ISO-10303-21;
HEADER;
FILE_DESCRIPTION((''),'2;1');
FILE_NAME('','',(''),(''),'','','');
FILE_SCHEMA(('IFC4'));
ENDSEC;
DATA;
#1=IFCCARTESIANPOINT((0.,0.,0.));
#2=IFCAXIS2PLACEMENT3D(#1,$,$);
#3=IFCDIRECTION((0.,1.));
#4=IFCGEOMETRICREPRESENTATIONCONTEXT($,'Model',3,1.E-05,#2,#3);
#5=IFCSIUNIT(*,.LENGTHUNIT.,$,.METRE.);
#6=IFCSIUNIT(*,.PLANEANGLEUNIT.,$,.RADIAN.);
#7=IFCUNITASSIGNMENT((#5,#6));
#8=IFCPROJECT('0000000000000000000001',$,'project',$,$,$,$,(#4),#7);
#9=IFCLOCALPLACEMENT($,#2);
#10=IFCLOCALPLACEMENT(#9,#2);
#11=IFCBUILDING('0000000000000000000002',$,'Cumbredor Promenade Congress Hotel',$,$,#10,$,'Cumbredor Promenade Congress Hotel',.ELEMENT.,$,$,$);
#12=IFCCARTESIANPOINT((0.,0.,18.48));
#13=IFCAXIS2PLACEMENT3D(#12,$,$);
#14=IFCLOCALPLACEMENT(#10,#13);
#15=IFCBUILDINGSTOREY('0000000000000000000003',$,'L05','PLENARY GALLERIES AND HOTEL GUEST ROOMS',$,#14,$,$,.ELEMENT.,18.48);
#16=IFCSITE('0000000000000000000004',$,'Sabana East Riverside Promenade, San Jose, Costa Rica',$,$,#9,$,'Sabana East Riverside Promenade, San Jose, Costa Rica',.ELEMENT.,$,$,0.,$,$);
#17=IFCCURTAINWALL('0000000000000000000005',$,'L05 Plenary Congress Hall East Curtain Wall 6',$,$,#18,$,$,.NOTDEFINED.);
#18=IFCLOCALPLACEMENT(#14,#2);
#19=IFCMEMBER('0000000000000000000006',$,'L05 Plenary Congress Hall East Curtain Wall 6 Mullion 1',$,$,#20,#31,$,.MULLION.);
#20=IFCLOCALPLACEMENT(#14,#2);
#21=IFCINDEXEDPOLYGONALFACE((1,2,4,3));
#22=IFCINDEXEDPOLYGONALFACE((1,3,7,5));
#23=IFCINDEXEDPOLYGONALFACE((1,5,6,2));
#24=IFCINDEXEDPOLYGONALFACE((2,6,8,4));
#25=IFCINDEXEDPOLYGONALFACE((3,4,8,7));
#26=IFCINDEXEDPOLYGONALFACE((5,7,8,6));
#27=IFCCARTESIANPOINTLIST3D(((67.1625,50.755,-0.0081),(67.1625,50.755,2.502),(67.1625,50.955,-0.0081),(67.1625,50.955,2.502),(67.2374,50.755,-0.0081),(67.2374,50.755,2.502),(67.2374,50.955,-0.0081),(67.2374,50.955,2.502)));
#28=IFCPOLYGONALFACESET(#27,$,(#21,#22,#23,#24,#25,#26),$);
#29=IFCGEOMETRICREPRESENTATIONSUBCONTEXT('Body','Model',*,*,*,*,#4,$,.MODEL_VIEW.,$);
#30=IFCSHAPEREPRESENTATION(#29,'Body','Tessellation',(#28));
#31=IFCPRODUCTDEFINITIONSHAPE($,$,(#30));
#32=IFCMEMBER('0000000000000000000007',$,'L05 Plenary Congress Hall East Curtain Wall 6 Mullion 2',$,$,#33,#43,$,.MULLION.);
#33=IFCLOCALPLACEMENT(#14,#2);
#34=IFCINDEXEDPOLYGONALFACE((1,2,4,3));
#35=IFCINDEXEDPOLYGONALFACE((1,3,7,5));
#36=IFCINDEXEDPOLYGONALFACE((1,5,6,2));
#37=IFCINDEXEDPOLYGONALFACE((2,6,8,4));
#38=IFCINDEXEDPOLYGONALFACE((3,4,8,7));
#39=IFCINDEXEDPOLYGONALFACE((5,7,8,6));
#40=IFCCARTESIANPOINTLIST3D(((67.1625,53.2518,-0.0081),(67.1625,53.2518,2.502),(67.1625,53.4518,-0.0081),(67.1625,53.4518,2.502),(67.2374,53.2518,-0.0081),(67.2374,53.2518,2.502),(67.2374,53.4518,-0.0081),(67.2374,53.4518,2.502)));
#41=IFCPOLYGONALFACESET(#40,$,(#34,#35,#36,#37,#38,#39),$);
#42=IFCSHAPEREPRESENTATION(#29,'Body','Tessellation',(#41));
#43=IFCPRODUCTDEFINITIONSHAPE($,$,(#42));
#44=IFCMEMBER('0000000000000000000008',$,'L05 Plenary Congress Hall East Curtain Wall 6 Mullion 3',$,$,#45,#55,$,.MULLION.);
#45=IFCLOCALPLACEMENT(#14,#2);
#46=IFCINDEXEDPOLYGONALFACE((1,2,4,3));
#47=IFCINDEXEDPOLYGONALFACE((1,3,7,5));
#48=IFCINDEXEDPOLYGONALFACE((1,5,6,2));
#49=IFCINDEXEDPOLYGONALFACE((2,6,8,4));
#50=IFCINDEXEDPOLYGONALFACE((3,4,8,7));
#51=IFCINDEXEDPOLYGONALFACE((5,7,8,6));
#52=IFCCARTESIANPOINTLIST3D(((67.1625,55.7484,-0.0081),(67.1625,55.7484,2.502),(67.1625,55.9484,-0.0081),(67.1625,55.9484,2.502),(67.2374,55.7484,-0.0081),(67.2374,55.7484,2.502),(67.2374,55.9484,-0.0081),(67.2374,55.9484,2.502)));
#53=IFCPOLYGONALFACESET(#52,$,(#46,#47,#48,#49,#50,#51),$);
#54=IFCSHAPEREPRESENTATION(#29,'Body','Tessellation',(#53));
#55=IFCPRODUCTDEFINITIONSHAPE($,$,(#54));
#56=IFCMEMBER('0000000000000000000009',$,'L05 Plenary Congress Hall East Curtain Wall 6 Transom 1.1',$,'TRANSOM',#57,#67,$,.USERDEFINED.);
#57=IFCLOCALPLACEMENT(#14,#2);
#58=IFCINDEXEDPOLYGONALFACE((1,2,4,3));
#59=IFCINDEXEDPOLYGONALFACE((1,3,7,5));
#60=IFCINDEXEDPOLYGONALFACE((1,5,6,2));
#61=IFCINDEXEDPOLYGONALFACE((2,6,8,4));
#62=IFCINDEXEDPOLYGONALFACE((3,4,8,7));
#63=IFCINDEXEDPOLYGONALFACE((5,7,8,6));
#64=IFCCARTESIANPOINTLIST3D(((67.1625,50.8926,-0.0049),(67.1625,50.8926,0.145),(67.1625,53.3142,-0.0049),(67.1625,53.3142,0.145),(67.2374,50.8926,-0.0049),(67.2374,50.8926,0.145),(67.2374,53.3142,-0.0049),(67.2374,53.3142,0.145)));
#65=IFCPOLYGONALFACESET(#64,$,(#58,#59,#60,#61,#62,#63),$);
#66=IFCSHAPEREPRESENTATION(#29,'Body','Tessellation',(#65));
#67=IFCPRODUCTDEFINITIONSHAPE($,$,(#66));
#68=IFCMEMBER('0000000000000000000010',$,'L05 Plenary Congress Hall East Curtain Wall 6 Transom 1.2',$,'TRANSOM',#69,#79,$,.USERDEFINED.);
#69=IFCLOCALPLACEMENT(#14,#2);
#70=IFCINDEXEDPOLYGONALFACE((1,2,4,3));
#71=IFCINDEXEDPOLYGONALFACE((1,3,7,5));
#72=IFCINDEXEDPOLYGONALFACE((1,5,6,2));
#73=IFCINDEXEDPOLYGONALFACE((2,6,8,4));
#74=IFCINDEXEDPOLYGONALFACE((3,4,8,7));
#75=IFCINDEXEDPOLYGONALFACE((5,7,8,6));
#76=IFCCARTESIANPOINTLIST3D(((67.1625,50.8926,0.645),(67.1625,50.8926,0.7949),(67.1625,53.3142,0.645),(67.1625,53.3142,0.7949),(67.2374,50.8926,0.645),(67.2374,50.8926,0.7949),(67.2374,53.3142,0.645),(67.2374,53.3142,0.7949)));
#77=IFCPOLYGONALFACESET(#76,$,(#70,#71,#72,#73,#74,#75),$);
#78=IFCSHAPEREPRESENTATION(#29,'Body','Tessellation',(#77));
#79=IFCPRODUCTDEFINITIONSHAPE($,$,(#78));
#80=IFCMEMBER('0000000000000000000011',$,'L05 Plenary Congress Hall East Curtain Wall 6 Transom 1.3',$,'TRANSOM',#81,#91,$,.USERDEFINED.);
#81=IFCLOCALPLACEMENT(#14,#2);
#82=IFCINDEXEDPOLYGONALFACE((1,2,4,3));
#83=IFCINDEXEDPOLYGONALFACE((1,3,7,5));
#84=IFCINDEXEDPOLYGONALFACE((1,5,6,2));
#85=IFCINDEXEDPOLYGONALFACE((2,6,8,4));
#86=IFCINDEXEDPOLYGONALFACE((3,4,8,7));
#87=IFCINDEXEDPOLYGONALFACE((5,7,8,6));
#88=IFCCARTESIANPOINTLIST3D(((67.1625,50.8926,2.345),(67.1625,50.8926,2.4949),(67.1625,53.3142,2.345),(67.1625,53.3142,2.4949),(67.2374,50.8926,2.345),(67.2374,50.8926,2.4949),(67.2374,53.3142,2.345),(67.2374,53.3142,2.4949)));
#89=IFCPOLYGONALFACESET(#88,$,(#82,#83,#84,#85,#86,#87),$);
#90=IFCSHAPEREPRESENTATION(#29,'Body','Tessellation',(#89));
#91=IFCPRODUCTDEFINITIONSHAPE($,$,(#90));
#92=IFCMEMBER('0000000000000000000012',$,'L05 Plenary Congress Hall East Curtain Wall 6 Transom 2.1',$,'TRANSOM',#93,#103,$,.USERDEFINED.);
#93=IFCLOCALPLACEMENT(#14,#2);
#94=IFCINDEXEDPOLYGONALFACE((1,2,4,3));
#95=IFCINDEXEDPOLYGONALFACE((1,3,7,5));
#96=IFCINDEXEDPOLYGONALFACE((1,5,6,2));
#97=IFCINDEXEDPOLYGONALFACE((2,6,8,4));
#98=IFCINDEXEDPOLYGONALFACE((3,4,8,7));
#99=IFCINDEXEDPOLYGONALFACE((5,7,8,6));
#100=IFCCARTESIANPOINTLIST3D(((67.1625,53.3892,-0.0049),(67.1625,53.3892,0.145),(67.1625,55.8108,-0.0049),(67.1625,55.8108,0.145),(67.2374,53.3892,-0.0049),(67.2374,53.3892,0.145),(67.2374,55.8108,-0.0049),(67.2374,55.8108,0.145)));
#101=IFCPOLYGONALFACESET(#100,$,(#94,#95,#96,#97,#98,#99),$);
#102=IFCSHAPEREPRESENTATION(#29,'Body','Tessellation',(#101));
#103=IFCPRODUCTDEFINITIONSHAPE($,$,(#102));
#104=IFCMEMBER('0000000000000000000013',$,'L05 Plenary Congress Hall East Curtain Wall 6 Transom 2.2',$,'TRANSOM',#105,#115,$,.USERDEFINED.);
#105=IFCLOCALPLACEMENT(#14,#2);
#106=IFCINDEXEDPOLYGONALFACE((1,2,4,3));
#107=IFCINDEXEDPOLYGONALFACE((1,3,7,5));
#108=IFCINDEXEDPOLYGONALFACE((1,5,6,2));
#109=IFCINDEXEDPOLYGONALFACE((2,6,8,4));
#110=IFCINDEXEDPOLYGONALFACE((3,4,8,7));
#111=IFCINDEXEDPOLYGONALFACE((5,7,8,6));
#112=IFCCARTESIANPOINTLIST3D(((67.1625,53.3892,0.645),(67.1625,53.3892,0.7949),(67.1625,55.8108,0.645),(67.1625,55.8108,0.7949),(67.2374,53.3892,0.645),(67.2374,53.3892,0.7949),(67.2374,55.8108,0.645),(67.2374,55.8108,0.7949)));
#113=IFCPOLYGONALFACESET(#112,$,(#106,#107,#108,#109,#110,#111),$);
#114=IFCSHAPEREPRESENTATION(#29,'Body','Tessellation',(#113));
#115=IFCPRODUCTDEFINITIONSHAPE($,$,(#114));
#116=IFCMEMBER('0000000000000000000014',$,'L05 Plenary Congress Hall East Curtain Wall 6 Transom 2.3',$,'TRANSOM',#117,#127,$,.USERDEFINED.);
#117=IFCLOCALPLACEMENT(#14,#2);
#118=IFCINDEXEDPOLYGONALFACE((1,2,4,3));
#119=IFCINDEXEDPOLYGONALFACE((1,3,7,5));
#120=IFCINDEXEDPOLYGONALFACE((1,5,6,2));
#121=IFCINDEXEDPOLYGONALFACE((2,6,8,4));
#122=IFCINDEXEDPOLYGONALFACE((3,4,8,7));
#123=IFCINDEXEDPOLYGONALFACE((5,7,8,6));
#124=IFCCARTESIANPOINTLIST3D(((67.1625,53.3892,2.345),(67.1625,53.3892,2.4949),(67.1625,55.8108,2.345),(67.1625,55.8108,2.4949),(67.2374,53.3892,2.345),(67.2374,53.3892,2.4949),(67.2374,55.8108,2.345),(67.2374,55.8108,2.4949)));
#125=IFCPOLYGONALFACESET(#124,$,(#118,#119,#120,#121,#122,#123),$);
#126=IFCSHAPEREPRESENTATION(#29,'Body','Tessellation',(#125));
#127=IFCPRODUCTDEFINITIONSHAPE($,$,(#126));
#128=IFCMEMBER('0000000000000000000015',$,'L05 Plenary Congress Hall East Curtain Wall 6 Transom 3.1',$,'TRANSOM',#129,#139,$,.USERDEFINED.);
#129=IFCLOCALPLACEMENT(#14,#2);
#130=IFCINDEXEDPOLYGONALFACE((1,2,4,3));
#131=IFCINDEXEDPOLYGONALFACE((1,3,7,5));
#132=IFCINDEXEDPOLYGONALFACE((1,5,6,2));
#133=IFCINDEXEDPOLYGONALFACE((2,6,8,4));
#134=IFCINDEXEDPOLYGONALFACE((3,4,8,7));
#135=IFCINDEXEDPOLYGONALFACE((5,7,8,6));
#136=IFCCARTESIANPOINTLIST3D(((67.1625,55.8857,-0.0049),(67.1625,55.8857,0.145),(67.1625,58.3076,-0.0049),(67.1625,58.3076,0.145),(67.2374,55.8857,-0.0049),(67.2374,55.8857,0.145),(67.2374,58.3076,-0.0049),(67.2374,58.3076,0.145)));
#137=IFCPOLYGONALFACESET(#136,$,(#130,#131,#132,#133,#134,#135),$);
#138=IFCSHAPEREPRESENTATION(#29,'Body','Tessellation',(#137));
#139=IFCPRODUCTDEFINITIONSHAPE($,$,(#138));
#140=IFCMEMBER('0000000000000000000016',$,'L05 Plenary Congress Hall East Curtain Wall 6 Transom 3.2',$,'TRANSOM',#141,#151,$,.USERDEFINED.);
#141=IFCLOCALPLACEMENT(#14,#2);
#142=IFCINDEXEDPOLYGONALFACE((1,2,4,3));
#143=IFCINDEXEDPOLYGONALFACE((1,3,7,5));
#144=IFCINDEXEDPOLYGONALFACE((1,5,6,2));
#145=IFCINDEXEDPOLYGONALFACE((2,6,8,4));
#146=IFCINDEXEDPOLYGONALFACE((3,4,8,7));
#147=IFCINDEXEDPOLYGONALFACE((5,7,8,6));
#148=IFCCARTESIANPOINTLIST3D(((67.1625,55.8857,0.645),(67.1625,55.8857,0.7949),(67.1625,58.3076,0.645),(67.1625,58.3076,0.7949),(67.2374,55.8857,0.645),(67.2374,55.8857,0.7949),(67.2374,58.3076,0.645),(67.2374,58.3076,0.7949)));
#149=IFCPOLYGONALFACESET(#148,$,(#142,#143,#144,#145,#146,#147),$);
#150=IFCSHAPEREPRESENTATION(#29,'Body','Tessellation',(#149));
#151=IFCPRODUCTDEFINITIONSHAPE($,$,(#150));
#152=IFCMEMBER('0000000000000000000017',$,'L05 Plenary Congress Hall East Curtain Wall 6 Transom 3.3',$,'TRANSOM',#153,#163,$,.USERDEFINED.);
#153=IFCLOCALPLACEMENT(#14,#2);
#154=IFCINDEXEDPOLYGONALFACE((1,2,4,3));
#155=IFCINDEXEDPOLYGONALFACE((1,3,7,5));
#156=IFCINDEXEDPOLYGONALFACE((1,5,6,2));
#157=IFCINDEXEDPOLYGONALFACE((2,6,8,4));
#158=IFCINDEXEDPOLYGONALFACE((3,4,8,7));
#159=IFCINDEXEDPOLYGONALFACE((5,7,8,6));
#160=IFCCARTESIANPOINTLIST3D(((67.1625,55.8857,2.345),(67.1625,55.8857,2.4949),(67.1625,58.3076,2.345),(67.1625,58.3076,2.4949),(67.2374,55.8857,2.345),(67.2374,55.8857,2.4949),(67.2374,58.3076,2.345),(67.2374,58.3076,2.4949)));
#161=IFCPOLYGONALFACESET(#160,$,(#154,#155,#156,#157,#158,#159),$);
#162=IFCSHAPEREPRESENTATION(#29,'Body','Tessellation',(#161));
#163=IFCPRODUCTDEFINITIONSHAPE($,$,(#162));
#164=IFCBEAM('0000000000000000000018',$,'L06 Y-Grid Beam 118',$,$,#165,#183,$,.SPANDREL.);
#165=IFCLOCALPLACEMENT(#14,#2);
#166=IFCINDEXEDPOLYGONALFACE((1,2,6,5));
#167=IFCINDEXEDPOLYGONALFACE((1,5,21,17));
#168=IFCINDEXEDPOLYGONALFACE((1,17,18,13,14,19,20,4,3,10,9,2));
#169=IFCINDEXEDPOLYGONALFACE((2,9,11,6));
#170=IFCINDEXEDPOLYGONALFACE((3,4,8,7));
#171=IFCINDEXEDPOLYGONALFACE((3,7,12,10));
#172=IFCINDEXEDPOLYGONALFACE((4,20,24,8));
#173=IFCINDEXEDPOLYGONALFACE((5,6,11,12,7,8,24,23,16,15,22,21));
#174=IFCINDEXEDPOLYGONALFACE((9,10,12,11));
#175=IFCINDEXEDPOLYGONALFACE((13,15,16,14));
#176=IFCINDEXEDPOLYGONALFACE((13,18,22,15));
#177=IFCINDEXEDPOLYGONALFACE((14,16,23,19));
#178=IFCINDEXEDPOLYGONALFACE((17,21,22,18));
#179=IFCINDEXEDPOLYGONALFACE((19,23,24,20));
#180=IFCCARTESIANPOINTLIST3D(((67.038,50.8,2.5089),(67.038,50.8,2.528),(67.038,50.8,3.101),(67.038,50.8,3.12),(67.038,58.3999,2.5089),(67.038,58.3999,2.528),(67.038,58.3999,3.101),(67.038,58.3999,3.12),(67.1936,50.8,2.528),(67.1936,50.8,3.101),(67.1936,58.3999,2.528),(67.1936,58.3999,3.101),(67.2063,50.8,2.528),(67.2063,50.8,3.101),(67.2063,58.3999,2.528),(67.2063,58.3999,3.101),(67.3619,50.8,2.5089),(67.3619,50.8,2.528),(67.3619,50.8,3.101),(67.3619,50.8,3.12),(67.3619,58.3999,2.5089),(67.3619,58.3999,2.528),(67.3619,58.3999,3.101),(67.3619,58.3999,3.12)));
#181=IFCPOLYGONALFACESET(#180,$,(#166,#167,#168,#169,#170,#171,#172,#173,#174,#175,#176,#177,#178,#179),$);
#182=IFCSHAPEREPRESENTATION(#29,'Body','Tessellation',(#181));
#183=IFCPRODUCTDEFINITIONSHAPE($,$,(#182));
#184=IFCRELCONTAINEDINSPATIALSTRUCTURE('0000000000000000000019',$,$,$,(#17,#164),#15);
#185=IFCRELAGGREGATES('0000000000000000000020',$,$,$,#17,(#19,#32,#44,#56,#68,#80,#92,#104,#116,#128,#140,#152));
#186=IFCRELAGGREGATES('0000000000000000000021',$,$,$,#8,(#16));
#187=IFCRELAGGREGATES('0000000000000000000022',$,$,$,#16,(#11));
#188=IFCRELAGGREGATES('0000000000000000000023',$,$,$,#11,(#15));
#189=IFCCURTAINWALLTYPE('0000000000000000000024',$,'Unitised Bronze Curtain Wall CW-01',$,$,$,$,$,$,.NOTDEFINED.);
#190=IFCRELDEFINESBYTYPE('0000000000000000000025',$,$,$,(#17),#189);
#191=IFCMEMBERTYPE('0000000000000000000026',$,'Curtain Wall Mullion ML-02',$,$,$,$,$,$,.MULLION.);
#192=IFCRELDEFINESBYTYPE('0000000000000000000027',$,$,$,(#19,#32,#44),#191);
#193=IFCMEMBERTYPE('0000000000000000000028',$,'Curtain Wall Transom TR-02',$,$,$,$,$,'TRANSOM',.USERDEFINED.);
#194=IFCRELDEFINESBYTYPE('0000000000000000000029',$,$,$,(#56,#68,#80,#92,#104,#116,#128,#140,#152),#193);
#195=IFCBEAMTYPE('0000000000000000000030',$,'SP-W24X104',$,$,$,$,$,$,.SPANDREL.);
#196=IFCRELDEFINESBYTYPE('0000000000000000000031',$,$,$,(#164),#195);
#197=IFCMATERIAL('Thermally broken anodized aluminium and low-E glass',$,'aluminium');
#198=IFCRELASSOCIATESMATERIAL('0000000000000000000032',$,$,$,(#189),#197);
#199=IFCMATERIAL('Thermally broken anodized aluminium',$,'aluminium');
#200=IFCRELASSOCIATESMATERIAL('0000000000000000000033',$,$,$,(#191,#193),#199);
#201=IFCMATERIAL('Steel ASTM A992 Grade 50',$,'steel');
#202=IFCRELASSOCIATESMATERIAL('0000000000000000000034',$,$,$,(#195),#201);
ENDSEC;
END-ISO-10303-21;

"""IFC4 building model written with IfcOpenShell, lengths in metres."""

from ifc_helpers import new_model, si_unit, direction, frame, origin, origin_2d, place, context, subcontext, project, spatial, rectangle, i_section, extrude, material, material_profile, profile_set, type_object, element, aggregate, save


model = new_model("IFC4")

# Units and contexts
model_context = context("Model", 3, precision=1e-05, world=origin(), true_north=direction((0.0, 1.0)))
body_context = subcontext(model_context, "Body", "Model", "MODEL_VIEW")
ifc_project = project(units=[si_unit("LENGTHUNIT", "METRE"), si_unit("PLANEANGLEUNIT", "RADIAN")], contexts=[model_context])

# Site, building, storey
site_placement = place(None, origin())
site = spatial("IfcSite", under=ifc_project, at=site_placement, Name="Sabana East Riverside Promenade, San Jose, Costa Rica", LongName="Sabana East Riverside Promenade, San Jose, Costa Rica", CompositionType="ELEMENT", RefElevation=0.0)
building_placement = place(site_placement, origin())
building = spatial("IfcBuilding", under=site, at=building_placement, Name="Cumbredor Promenade Congress Hotel", LongName="Cumbredor Promenade Congress Hotel", CompositionType="ELEMENT")
storey_placement = place(building_placement, frame((0.0, 0.0, 18.48)))
storey = spatial("IfcBuildingStorey", under=building, at=storey_placement, Name="L05", Description="PLENARY GALLERIES AND HOTEL GUEST ROOMS", CompositionType="ELEMENT", Elevation=18.48)

# Curtain wall, members
ifc_material_1 = material(Name="Thermally broken anodized aluminium and low-E glass", Category="aluminium")
curtain_wall_type = type_object("IfcCurtainWallType", Name="Unitised Bronze Curtain Wall CW-01", PredefinedType="NOTDEFINED", material=ifc_material_1)
curtain_wall_placement = place(storey_placement, origin())
curtain_wall = element("IfcCurtainWall", 1, at=curtain_wall_placement, inside=storey, type_object=curtain_wall_type, Name="L05 Plenary Congress Hall East Curtain Wall 6", PredefinedType="NOTDEFINED")
ifc_material_2 = material(Name="Thermally broken anodized aluminium", Category="aluminium")
ifc_material_profile_1 = material_profile(ifc_material_2, rectangle(XDim=0.075, YDim=0.2, at=origin_2d()), Name="ALU MULLION 75x200")
ifc_profile_set_1 = profile_set([ifc_material_profile_1], Name="Thermally broken anodized aluminium")
member_type_1 = type_object("IfcMemberType", Name="Curtain Wall Mullion ML-02", PredefinedType="MULLION", material=ifc_profile_set_1)
member_1_placement = place(storey_placement, frame((67.2, 50.855, -0.0081), z_axis=(0.0, 0.0, 1.0), x_axis=(1.0, 0.0, 0.0)))
member_1 = element("IfcMember", 2, at=member_1_placement, type_object=member_type_1, Name="L05 Plenary Congress Hall East Curtain Wall 6 Mullion 1", PredefinedType="MULLION", context=body_context, shape_type="SweptSolid", body=[
    extrude(rectangle(XDim=0.075, YDim=0.2, at=origin_2d()), origin(), (0.0, 0.0, 1.0), 2.51),
])
member_2_placement = place(storey_placement, frame((67.2, 53.3518, -0.0081), z_axis=(0.0, 0.0, 1.0), x_axis=(1.0, 0.0, 0.0)))
member_2 = element("IfcMember", 3, at=member_2_placement, type_object=member_type_1, Name="L05 Plenary Congress Hall East Curtain Wall 6 Mullion 2", PredefinedType="MULLION", context=body_context, shape_type="SweptSolid", body=[
    extrude(rectangle(XDim=0.075, YDim=0.2, at=origin_2d()), origin(), (0.0, 0.0, 1.0), 2.51),
])
member_3_placement = place(storey_placement, frame((67.2, 55.8484, -0.0081), z_axis=(0.0, 0.0, 1.0), x_axis=(1.0, 0.0, 0.0)))
member_3 = element("IfcMember", 4, at=member_3_placement, type_object=member_type_1, Name="L05 Plenary Congress Hall East Curtain Wall 6 Mullion 3", PredefinedType="MULLION", context=body_context, shape_type="SweptSolid", body=[
    extrude(rectangle(XDim=0.075, YDim=0.2, at=origin_2d()), origin(), (0.0, 0.0, 1.0), 2.51),
])
ifc_material_profile_2 = material_profile(ifc_material_2, rectangle(XDim=0.075, YDim=0.1499, at=origin_2d()), Name="ALU TRANSOM 75x150")
ifc_profile_set_2 = profile_set([ifc_material_profile_2], Name="Thermally broken anodized aluminium")
member_type_2 = type_object("IfcMemberType", Name="Curtain Wall Transom TR-02", ElementType="TRANSOM", PredefinedType="USERDEFINED", material=ifc_profile_set_2)
member_4_placement = place(storey_placement, frame((67.2, 50.8926, 0.0701), z_axis=(0.0, 1.0, 0.0), x_axis=(-1.0, 0.0, 0.0)))
member_4 = element("IfcMember", 5, at=member_4_placement, type_object=member_type_2, Name="L05 Plenary Congress Hall East Curtain Wall 6 Transom 1.1", ObjectType="TRANSOM", PredefinedType="USERDEFINED", context=body_context, shape_type="SweptSolid", body=[
    extrude(rectangle(XDim=0.075, YDim=0.1499, at=origin_2d()), origin(), (0.0, 0.0, 1.0), 2.4216),
])
member_5_placement = place(storey_placement, frame((67.2, 50.8926, 0.72), z_axis=(0.0, 1.0, 0.0), x_axis=(-1.0, 0.0, 0.0)))
member_5 = element("IfcMember", 6, at=member_5_placement, type_object=member_type_2, Name="L05 Plenary Congress Hall East Curtain Wall 6 Transom 1.2", ObjectType="TRANSOM", PredefinedType="USERDEFINED", context=body_context, shape_type="SweptSolid", body=[
    extrude(rectangle(XDim=0.075, YDim=0.1499, at=origin_2d()), origin(), (0.0, 0.0, 1.0), 2.4216),
])
member_6_placement = place(storey_placement, frame((67.2, 50.8926, 2.4199), z_axis=(0.0, 1.0, 0.0), x_axis=(-1.0, 0.0, 0.0)))
member_6 = element("IfcMember", 7, at=member_6_placement, type_object=member_type_2, Name="L05 Plenary Congress Hall East Curtain Wall 6 Transom 1.3", ObjectType="TRANSOM", PredefinedType="USERDEFINED", context=body_context, shape_type="SweptSolid", body=[
    extrude(rectangle(XDim=0.075, YDim=0.1499, at=origin_2d()), origin(), (0.0, 0.0, 1.0), 2.4216),
])
member_7_placement = place(storey_placement, frame((67.2, 53.3892, 0.0701), z_axis=(0.0, 1.0, 0.0), x_axis=(-1.0, 0.0, 0.0)))
member_7 = element("IfcMember", 8, at=member_7_placement, type_object=member_type_2, Name="L05 Plenary Congress Hall East Curtain Wall 6 Transom 2.1", ObjectType="TRANSOM", PredefinedType="USERDEFINED", context=body_context, shape_type="SweptSolid", body=[
    extrude(rectangle(XDim=0.075, YDim=0.1499, at=origin_2d()), origin(), (0.0, 0.0, 1.0), 2.4216),
])
member_8_placement = place(storey_placement, frame((67.2, 53.3892, 0.72), z_axis=(0.0, 1.0, 0.0), x_axis=(-1.0, 0.0, 0.0)))
member_8 = element("IfcMember", 9, at=member_8_placement, type_object=member_type_2, Name="L05 Plenary Congress Hall East Curtain Wall 6 Transom 2.2", ObjectType="TRANSOM", PredefinedType="USERDEFINED", context=body_context, shape_type="SweptSolid", body=[
    extrude(rectangle(XDim=0.075, YDim=0.1499, at=origin_2d()), origin(), (0.0, 0.0, 1.0), 2.4216),
])
member_9_placement = place(storey_placement, frame((67.2, 53.3892, 2.4199), z_axis=(0.0, 1.0, 0.0), x_axis=(-1.0, 0.0, 0.0)))
member_9 = element("IfcMember", 10, at=member_9_placement, type_object=member_type_2, Name="L05 Plenary Congress Hall East Curtain Wall 6 Transom 2.3", ObjectType="TRANSOM", PredefinedType="USERDEFINED", context=body_context, shape_type="SweptSolid", body=[
    extrude(rectangle(XDim=0.075, YDim=0.1499, at=origin_2d()), origin(), (0.0, 0.0, 1.0), 2.4216),
])
member_10_placement = place(storey_placement, frame((67.2, 55.8857, 0.0701), z_axis=(0.0, 1.0, 0.0), x_axis=(-1.0, 0.0, 0.0)))
member_10 = element("IfcMember", 11, at=member_10_placement, type_object=member_type_2, Name="L05 Plenary Congress Hall East Curtain Wall 6 Transom 3.1", ObjectType="TRANSOM", PredefinedType="USERDEFINED", context=body_context, shape_type="SweptSolid", body=[
    extrude(rectangle(XDim=0.075, YDim=0.1499, at=origin_2d()), origin(), (0.0, 0.0, 1.0), 2.4219),
])
member_11_placement = place(storey_placement, frame((67.2, 55.8857, 0.72), z_axis=(0.0, 1.0, 0.0), x_axis=(-1.0, 0.0, 0.0)))
member_11 = element("IfcMember", 12, at=member_11_placement, type_object=member_type_2, Name="L05 Plenary Congress Hall East Curtain Wall 6 Transom 3.2", ObjectType="TRANSOM", PredefinedType="USERDEFINED", context=body_context, shape_type="SweptSolid", body=[
    extrude(rectangle(XDim=0.075, YDim=0.1499, at=origin_2d()), origin(), (0.0, 0.0, 1.0), 2.4219),
])
member_12_placement = place(storey_placement, frame((67.2, 55.8857, 2.4199), z_axis=(0.0, 1.0, 0.0), x_axis=(-1.0, 0.0, 0.0)))
member_12 = element("IfcMember", 13, at=member_12_placement, type_object=member_type_2, Name="L05 Plenary Congress Hall East Curtain Wall 6 Transom 3.3", ObjectType="TRANSOM", PredefinedType="USERDEFINED", context=body_context, shape_type="SweptSolid", body=[
    extrude(rectangle(XDim=0.075, YDim=0.1499, at=origin_2d()), origin(), (0.0, 0.0, 1.0), 2.4219),
])

# Beam
ifc_material_3 = material(Name="Steel ASTM A992 Grade 50", Category="steel")
ifc_material_profile_3 = material_profile(ifc_material_3, i_section(OverallWidth=0.324, OverallDepth=0.6111, WebThickness=0.0127, FlangeThickness=0.019, at=origin_2d()), Name="W24X104")
ifc_profile_set_3 = profile_set([ifc_material_profile_3], Name="Steel ASTM A992 Grade 50")
beam_type = type_object("IfcBeamType", Name="SP-W24X104", PredefinedType="SPANDREL", material=ifc_profile_set_3)
beam_placement = place(storey_placement, frame((67.2, 50.8, 2.8145), z_axis=(0.0, 1.0, 0.0), x_axis=(-1.0, 0.0, 0.0)))
element("IfcBeam", 14, at=beam_placement, inside=storey, type_object=beam_type, Name="L06 Y-Grid Beam 118", PredefinedType="SPANDREL", context=body_context, shape_type="SweptSolid", body=[
    extrude(i_section(OverallWidth=0.324, OverallDepth=0.6111, WebThickness=0.0127, FlangeThickness=0.019, at=origin_2d()), origin(), (0.0, 0.0, 1.0), 7.5999),
])

aggregate(curtain_wall, [member_1, member_2, member_3, member_4, member_5, member_6, member_7, member_8, member_9, member_10, member_11, member_12])

save(model, "model.ifc")
